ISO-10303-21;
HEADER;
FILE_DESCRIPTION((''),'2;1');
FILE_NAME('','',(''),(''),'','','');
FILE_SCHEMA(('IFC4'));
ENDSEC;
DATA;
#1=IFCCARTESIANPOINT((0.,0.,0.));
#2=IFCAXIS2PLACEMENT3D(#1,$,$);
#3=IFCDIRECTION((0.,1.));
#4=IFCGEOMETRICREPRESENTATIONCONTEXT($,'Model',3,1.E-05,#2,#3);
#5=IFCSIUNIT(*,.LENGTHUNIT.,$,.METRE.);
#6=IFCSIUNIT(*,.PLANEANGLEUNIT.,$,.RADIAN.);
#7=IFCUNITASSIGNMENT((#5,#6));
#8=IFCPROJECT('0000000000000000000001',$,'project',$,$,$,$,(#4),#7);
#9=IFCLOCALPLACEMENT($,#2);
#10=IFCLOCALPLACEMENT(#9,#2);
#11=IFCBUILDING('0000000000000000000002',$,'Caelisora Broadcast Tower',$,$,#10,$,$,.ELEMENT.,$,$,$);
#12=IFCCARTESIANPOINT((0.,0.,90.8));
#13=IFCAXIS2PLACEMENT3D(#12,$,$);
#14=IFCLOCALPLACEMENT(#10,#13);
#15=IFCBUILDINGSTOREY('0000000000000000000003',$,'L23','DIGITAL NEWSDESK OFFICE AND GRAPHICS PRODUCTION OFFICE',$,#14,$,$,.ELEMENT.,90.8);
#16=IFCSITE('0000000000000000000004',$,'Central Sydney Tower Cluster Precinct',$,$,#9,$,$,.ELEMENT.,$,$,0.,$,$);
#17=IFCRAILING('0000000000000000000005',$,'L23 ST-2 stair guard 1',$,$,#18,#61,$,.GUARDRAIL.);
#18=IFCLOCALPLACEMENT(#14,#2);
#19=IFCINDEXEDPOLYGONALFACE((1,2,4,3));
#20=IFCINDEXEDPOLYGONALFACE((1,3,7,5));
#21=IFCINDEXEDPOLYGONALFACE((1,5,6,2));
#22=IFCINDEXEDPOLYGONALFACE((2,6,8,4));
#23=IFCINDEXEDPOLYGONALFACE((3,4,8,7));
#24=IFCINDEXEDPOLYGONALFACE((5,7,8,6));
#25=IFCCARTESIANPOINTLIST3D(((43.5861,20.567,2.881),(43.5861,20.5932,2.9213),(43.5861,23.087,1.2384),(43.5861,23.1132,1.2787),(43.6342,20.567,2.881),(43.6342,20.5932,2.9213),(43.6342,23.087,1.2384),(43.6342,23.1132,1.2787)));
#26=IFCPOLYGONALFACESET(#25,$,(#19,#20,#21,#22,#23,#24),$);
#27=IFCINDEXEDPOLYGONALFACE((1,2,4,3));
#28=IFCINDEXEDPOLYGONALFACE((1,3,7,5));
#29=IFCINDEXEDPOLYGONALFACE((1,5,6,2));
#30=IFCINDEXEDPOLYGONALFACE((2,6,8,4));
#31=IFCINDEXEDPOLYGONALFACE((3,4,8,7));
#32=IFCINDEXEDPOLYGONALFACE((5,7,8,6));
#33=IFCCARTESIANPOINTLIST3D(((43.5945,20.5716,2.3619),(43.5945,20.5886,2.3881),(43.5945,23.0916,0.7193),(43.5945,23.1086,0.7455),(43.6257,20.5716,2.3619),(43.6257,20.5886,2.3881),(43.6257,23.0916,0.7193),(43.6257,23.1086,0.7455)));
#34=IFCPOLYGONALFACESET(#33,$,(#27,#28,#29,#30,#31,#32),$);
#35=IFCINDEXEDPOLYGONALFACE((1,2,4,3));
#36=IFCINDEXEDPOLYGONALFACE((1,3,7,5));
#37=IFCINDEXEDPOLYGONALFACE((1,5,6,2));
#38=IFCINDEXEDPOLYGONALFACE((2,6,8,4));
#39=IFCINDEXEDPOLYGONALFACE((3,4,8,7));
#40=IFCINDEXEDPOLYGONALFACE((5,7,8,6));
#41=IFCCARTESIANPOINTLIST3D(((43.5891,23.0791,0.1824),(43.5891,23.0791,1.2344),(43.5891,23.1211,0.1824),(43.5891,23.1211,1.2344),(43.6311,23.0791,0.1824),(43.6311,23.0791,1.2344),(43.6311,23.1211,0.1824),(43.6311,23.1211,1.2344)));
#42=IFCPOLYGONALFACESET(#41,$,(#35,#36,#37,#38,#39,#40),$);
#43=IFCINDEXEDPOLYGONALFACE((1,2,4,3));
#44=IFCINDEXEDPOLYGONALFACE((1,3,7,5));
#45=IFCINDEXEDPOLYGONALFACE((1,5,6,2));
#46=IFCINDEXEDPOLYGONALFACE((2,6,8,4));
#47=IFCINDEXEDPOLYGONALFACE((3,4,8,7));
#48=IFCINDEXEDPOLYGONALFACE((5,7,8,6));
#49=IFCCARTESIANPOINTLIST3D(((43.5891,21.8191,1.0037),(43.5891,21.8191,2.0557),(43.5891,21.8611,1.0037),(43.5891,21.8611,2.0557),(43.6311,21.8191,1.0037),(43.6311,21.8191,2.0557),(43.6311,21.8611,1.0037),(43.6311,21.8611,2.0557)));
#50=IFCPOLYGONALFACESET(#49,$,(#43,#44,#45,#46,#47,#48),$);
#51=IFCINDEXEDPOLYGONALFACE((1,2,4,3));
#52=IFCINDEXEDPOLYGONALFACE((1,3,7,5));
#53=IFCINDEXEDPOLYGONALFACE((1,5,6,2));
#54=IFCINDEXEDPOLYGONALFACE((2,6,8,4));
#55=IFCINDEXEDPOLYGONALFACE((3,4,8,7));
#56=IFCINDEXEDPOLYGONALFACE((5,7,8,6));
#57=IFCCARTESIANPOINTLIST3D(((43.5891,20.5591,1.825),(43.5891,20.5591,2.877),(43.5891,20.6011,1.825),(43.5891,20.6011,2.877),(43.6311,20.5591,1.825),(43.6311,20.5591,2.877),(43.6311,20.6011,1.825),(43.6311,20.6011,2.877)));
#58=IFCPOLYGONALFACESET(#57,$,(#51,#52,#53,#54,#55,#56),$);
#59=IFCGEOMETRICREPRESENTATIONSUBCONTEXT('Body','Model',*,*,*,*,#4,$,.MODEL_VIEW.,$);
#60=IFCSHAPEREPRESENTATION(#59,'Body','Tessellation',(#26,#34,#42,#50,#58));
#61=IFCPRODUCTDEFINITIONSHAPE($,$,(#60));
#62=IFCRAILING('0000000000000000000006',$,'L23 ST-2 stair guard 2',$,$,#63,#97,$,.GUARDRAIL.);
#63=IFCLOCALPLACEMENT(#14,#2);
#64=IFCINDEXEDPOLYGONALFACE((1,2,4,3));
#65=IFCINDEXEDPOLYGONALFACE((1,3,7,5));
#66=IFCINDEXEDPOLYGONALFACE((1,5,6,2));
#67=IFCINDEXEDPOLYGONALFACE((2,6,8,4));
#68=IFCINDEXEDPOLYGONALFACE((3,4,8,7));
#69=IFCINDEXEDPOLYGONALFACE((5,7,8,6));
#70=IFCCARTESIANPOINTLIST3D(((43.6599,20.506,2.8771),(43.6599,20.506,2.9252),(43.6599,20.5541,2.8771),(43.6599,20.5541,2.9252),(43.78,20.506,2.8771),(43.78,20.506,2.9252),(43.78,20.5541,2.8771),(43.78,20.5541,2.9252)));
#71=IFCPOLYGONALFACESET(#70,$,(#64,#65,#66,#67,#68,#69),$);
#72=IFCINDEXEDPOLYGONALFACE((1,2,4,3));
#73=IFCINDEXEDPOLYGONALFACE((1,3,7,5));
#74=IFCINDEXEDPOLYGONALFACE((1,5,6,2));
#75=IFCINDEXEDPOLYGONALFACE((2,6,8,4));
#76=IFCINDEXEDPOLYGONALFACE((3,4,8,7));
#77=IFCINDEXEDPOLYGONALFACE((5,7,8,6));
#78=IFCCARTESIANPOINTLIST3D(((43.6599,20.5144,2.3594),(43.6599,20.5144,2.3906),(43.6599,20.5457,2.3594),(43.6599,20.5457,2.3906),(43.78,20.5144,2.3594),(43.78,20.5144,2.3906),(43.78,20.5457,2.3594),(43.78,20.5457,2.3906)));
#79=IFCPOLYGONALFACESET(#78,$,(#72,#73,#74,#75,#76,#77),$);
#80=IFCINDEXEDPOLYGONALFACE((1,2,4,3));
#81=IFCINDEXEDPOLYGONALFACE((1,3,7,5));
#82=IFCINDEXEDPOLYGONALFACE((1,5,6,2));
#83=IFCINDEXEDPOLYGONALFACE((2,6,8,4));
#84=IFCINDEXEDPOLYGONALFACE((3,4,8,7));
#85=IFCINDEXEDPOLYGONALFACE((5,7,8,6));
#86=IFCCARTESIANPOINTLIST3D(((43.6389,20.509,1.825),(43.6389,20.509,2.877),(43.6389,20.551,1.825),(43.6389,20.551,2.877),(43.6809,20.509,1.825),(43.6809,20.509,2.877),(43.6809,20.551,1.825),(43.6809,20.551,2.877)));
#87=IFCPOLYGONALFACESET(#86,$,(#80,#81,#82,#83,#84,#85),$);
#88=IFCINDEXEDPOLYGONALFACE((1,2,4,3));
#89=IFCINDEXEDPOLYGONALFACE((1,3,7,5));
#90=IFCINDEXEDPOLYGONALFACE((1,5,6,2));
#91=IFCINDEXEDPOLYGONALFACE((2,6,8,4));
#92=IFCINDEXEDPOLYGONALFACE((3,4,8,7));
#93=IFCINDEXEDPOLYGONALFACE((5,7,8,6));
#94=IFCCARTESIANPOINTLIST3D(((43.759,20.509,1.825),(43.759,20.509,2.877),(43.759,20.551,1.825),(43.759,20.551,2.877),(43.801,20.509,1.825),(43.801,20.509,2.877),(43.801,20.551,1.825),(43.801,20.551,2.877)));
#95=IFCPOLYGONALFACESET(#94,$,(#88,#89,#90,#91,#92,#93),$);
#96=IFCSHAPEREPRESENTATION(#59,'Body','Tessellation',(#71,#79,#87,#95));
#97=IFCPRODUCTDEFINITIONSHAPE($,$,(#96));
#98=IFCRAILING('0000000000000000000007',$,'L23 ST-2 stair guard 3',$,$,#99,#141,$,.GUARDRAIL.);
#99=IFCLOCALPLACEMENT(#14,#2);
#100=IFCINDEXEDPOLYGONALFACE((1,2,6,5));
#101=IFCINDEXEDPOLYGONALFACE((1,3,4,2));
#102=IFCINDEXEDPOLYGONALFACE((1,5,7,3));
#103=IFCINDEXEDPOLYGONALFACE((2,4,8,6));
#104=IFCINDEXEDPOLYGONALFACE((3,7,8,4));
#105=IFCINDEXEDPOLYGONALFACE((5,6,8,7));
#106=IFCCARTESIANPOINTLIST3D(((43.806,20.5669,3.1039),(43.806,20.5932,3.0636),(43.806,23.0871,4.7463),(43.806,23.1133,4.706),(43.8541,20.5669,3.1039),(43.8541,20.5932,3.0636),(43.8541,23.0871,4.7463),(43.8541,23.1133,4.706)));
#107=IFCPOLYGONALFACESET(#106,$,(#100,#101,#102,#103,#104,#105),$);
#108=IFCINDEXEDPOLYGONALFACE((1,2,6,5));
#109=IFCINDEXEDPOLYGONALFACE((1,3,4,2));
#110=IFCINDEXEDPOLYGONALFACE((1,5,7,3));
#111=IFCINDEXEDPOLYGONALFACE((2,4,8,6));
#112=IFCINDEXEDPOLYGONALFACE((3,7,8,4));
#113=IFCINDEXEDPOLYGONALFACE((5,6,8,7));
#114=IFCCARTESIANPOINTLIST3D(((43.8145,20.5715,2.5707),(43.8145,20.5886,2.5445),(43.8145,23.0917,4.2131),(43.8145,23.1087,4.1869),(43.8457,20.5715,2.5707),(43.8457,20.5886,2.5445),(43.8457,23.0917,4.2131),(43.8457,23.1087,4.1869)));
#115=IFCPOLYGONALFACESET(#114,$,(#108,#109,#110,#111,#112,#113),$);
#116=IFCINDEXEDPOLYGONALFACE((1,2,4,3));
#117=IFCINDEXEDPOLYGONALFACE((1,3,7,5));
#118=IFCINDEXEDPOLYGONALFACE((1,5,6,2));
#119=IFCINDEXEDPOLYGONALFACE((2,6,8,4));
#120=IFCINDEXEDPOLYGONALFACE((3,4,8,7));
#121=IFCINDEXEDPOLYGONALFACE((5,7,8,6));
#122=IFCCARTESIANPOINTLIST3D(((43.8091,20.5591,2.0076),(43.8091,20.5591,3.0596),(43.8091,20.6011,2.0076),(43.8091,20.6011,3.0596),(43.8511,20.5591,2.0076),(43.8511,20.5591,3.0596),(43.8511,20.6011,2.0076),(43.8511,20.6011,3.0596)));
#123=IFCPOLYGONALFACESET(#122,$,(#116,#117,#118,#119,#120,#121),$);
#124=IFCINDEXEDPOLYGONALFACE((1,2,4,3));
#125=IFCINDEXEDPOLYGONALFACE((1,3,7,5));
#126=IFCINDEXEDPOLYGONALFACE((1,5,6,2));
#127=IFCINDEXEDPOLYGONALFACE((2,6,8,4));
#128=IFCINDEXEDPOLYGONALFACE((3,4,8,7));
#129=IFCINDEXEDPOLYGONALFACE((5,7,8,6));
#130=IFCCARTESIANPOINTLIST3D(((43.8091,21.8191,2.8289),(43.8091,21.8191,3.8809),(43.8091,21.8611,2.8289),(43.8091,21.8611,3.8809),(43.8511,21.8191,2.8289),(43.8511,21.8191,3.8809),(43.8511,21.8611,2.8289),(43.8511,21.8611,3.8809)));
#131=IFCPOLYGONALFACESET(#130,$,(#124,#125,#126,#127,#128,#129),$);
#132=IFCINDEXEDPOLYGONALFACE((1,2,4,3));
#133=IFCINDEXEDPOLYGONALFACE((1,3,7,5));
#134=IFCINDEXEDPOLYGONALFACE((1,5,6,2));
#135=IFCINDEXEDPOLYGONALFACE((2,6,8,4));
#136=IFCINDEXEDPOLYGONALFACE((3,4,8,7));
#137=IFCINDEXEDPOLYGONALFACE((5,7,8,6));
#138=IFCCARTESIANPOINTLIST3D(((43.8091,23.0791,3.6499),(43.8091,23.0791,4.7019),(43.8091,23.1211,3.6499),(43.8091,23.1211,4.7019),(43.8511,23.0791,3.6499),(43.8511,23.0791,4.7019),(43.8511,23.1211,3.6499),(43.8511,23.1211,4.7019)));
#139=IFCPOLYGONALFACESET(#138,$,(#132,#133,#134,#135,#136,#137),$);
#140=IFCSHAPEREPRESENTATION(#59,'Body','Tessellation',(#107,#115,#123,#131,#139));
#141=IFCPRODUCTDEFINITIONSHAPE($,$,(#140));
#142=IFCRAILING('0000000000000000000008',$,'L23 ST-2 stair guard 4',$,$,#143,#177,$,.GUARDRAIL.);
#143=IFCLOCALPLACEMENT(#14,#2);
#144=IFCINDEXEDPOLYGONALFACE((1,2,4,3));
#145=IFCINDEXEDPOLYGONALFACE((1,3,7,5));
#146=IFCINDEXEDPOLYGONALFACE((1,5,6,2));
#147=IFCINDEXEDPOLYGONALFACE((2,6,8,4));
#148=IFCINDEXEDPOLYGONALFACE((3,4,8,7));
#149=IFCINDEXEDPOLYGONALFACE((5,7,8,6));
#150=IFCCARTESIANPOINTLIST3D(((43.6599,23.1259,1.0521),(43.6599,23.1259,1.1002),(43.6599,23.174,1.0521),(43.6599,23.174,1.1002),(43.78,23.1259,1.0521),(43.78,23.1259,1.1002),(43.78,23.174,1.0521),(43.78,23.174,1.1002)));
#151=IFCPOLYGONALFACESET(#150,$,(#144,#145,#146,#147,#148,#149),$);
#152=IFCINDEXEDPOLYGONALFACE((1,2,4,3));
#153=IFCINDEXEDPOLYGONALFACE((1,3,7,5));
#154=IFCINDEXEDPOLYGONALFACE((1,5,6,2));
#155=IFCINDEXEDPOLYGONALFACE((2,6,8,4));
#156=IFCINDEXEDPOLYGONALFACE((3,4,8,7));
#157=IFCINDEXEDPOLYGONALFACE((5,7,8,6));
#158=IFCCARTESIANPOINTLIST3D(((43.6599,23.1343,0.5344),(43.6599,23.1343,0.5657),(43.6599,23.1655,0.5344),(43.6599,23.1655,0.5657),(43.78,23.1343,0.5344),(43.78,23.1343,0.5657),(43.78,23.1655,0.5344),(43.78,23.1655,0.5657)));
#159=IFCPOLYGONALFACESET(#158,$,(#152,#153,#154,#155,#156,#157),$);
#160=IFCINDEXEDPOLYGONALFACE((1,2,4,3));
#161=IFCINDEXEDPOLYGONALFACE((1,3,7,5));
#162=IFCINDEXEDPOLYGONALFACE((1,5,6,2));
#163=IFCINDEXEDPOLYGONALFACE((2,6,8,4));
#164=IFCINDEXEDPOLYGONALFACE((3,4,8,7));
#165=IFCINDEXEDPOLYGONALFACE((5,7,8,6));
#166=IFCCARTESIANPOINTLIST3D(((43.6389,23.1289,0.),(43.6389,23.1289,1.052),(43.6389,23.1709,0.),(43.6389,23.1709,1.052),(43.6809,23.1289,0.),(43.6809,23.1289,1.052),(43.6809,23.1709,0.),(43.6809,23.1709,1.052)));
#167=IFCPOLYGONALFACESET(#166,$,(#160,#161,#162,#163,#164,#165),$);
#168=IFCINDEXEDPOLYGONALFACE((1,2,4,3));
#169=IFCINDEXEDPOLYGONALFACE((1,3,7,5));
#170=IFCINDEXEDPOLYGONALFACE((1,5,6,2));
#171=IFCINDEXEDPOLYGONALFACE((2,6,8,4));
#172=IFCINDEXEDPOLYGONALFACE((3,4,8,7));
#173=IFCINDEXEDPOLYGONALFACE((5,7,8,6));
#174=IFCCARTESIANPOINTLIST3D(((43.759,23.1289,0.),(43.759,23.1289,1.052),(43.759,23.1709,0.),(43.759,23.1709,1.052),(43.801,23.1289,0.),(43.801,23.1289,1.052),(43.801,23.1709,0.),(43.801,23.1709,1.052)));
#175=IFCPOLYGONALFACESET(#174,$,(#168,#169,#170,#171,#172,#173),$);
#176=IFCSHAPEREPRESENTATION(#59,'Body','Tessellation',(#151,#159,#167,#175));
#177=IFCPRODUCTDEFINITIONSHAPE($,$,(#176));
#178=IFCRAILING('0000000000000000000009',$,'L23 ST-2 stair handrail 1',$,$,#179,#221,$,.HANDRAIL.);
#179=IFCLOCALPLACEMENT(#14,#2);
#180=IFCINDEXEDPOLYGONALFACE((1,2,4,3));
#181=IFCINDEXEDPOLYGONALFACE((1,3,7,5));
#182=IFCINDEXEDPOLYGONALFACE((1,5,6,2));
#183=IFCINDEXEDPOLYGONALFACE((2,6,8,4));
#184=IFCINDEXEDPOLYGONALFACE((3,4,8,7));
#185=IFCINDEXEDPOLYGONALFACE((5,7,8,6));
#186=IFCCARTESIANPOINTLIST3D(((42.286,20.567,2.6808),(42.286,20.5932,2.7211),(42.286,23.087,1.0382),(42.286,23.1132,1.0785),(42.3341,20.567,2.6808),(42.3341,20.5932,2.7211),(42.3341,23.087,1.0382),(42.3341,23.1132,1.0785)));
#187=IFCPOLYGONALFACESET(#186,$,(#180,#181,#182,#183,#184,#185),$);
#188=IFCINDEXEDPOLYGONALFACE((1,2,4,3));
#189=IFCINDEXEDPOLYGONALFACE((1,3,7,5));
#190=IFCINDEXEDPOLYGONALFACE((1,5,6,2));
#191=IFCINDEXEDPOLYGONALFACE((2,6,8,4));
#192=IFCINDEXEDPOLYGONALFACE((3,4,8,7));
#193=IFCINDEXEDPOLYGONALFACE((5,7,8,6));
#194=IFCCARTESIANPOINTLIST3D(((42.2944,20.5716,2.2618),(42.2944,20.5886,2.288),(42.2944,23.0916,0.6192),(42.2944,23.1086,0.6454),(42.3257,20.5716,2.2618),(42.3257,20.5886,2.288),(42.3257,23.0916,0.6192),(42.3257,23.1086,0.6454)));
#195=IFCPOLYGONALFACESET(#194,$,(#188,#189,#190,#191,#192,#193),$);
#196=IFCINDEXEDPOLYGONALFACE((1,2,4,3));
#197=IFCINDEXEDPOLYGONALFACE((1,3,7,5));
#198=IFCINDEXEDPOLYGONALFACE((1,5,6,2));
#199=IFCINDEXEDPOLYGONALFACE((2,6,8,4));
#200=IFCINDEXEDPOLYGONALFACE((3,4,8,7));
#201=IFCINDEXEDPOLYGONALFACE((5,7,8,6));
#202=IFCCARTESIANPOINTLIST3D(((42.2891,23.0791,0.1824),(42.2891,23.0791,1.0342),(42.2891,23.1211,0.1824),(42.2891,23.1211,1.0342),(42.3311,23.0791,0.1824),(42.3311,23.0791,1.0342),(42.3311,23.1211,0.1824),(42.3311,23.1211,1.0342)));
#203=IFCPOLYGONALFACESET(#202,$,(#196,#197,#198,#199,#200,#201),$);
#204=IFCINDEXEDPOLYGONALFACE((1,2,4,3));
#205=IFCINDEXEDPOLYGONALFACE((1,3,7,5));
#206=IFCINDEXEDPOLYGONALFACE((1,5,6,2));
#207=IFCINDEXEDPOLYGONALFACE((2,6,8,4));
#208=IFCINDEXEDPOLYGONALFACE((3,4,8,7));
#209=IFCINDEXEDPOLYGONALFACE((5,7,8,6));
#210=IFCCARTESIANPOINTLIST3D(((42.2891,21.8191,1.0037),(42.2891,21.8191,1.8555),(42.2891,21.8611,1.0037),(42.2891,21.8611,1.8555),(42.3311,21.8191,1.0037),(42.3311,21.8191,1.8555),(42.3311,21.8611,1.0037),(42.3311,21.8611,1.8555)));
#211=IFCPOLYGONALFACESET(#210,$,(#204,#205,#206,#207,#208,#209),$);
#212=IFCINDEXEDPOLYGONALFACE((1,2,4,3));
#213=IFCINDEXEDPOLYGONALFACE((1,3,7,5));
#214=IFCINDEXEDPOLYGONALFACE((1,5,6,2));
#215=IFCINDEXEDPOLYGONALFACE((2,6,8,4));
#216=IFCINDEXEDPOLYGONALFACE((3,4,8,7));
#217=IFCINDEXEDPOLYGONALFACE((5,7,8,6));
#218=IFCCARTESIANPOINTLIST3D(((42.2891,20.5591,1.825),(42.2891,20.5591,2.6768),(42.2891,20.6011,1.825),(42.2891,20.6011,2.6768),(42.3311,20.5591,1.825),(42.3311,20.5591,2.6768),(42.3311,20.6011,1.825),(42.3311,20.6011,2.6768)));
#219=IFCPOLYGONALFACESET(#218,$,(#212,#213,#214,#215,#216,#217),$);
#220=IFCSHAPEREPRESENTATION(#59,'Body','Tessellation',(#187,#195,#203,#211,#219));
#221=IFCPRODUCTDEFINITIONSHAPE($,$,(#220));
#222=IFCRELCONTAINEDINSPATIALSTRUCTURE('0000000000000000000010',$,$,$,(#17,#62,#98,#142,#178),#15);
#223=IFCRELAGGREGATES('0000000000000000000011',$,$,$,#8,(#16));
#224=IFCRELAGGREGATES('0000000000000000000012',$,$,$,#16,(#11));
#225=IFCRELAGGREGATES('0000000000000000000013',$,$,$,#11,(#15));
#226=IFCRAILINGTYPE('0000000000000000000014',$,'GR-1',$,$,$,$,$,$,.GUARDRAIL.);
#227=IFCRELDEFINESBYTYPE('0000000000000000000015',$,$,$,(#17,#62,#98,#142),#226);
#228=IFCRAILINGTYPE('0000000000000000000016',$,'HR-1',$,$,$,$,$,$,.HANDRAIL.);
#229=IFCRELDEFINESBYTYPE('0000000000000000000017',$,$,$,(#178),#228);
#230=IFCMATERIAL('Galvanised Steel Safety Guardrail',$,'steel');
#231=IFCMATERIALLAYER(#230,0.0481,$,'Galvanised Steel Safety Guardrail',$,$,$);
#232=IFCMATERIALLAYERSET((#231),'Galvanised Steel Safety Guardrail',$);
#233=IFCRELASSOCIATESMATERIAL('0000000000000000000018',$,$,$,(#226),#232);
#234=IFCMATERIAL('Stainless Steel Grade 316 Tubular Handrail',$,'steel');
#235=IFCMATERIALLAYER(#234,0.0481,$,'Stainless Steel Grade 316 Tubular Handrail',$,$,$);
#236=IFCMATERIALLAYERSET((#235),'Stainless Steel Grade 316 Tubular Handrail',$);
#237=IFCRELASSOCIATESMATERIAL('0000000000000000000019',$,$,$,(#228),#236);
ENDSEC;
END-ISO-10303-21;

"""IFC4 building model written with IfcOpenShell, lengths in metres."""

from ifc_helpers import new_model, si_unit, direction, frame, origin, origin_2d, place, context, subcontext, project, spatial, rectangle, extrude, material, layer, layer_set, type_object, element, save


model = new_model("IFC4")

# Units and contexts
model_context = context("Model", 3, precision=1e-05, world=origin(), true_north=direction((0.0, 1.0)))
body_context = subcontext(model_context, "Body", "Model", "MODEL_VIEW")
ifc_project = project(units=[si_unit("LENGTHUNIT", "METRE"), si_unit("PLANEANGLEUNIT", "RADIAN")], contexts=[model_context])

# Site, building, storey
site_placement = place(None, origin())
site = spatial("IfcSite", under=ifc_project, at=site_placement, Name="Central Sydney Tower Cluster Precinct", CompositionType="ELEMENT", RefElevation=0.0)
building_placement = place(site_placement, origin())
building = spatial("IfcBuilding", under=site, at=building_placement, Name="Caelisora Broadcast Tower", CompositionType="ELEMENT")
storey_placement = place(building_placement, frame((0.0, 0.0, 90.8)))
storey = spatial("IfcBuildingStorey", under=building, at=storey_placement, Name="L23", Description="DIGITAL NEWSDESK OFFICE AND GRAPHICS PRODUCTION OFFICE", CompositionType="ELEMENT", Elevation=90.8)

# Railings
ifc_material_1 = material(Name="Galvanised Steel Safety Guardrail", Category="steel")
ifc_layer_1 = layer(ifc_material_1, 0.0481, Name="Galvanised Steel Safety Guardrail")
ifc_layer_set_1 = layer_set([ifc_layer_1], Name="Galvanised Steel Safety Guardrail")
railing_type_1 = type_object("IfcRailingType", Name="GR-1", PredefinedType="GUARDRAIL", material=ifc_layer_set_1)
railing_1_placement = place(storey_placement, frame((43.6101, 23.1001, 0.1824)))
element("IfcRailing", 1, at=railing_1_placement, inside=storey, type_object=railing_type_1, Name="L23 ST-2 stair guard 1", PredefinedType="GUARDRAIL", context=body_context, shape_type="SweptSolid", body=[
    extrude(rectangle(XDim=0.0481, YDim=0.0481, at=origin_2d()), frame((0.0, 0.0, 1.0762), z_axis=(0.0, -0.837749, 0.546055), x_axis=(1.0, 0.0, 0.0)), (0.0, 0.0, 1.0), 3.0081),
    extrude(rectangle(XDim=0.0312, YDim=0.0312, at=origin_2d()), frame((0.0, 0.0, 0.55), z_axis=(0.0, -0.837749, 0.546055), x_axis=(1.0, 0.0, 0.0)), (0.0, 0.0, 1.0), 3.0081),
    extrude(rectangle(XDim=0.042, YDim=0.042, at=origin_2d()), origin(), (0.0, 0.0, 1.0), 1.052),
    extrude(rectangle(XDim=0.042, YDim=0.042, at=origin_2d()), frame((0.0, -1.26, 0.8213)), (0.0, 0.0, 1.0), 1.052),
    extrude(rectangle(XDim=0.042, YDim=0.042, at=origin_2d()), frame((0.0, -2.52, 1.6426)), (0.0, 0.0, 1.0), 1.052),
])
railing_2_placement = place(storey_placement, frame((43.6599, 20.53, 1.825)))
element("IfcRailing", 2, at=railing_2_placement, inside=storey, type_object=railing_type_1, Name="L23 ST-2 stair guard 2", PredefinedType="GUARDRAIL", context=body_context, shape_type="SweptSolid", body=[
    extrude(rectangle(XDim=0.0481, YDim=0.0481, at=origin_2d()), frame((0.0, 0.0, 1.0762), z_axis=(1.0, 0.0, 0.0), x_axis=(0.0, 1.0, 0.0)), (0.0, 0.0, 1.0), 0.1201),
    extrude(rectangle(XDim=0.0312, YDim=0.0312, at=origin_2d()), frame((0.0, 0.0, 0.55), z_axis=(1.0, 0.0, 0.0), x_axis=(0.0, 1.0, 0.0)), (0.0, 0.0, 1.0), 0.1201),
    extrude(rectangle(XDim=0.042, YDim=0.042, at=origin_2d()), origin(), (0.0, 0.0, 1.0), 1.052),
    extrude(rectangle(XDim=0.042, YDim=0.042, at=origin_2d()), frame((0.1201, 0.0, 0.0)), (0.0, 0.0, 1.0), 1.052),
])
railing_3_placement = place(storey_placement, frame((43.8301, 20.5801, 2.0076)))
element("IfcRailing", 3, at=railing_3_placement, inside=storey, type_object=railing_type_1, Name="L23 ST-2 stair guard 3", PredefinedType="GUARDRAIL", context=body_context, shape_type="SweptSolid", body=[
    extrude(rectangle(XDim=0.0481, YDim=0.0481, at=origin_2d()), frame((0.0, 0.0, 1.0762), z_axis=(0.0, 0.837787, 0.545998), x_axis=(-1.0, 0.0, 0.0)), (0.0, 0.0, 1.0), 3.0081),
    extrude(rectangle(XDim=0.0312, YDim=0.0312, at=origin_2d()), frame((0.0, 0.0, 0.55), z_axis=(0.0, 0.837787, 0.545998), x_axis=(-1.0, 0.0, 0.0)), (0.0, 0.0, 1.0), 3.0081),
    extrude(rectangle(XDim=0.042, YDim=0.042, at=origin_2d()), origin(), (0.0, 0.0, 1.0), 1.052),
    extrude(rectangle(XDim=0.042, YDim=0.042, at=origin_2d()), frame((0.0, 1.26, 0.8213)), (0.0, 0.0, 1.0), 1.052),
    extrude(rectangle(XDim=0.042, YDim=0.042, at=origin_2d()), frame((0.0, 2.52, 1.6423)), (0.0, 0.0, 1.0), 1.052),
])
railing_4_placement = place(storey_placement, frame((43.6599, 23.1499, 0.0)))
element("IfcRailing", 4, at=railing_4_placement, inside=storey, type_object=railing_type_1, Name="L23 ST-2 stair guard 4", PredefinedType="GUARDRAIL", context=body_context, shape_type="SweptSolid", body=[
    extrude(rectangle(XDim=0.0481, YDim=0.0481, at=origin_2d()), frame((0.0, 0.0, 1.0762), z_axis=(1.0, 0.0, 0.0), x_axis=(0.0, 1.0, 0.0)), (0.0, 0.0, 1.0), 0.1201),
    extrude(rectangle(XDim=0.0312, YDim=0.0312, at=origin_2d()), frame((0.0, 0.0, 0.55), z_axis=(1.0, 0.0, 0.0), x_axis=(0.0, 1.0, 0.0)), (0.0, 0.0, 1.0), 0.1201),
    extrude(rectangle(XDim=0.042, YDim=0.042, at=origin_2d()), origin(), (0.0, 0.0, 1.0), 1.052),
    extrude(rectangle(XDim=0.042, YDim=0.042, at=origin_2d()), frame((0.1201, 0.0, 0.0)), (0.0, 0.0, 1.0), 1.052),
])
ifc_material_2 = material(Name="Stainless Steel Grade 316 Tubular Handrail", Category="steel")
ifc_layer_2 = layer(ifc_material_2, 0.0481, Name="Stainless Steel Grade 316 Tubular Handrail")
ifc_layer_set_2 = layer_set([ifc_layer_2], Name="Stainless Steel Grade 316 Tubular Handrail")
railing_type_2 = type_object("IfcRailingType", Name="HR-1", PredefinedType="HANDRAIL", material=ifc_layer_set_2)
railing_5_placement = place(storey_placement, frame((42.3101, 23.1001, 0.1824)))
element("IfcRailing", 5, at=railing_5_placement, inside=storey, type_object=railing_type_2, Name="L23 ST-2 stair handrail 1", PredefinedType="HANDRAIL", context=body_context, shape_type="SweptSolid", body=[
    extrude(rectangle(XDim=0.0481, YDim=0.0481, at=origin_2d()), frame((0.0, 0.0, 0.876), z_axis=(0.0, -0.837749, 0.546055), x_axis=(1.0, 0.0, 0.0)), (0.0, 0.0, 1.0), 3.0081),
    extrude(rectangle(XDim=0.0312, YDim=0.0312, at=origin_2d()), frame((0.0, 0.0, 0.45), z_axis=(0.0, -0.837749, 0.546055), x_axis=(1.0, 0.0, 0.0)), (0.0, 0.0, 1.0), 3.0081),
    extrude(rectangle(XDim=0.042, YDim=0.042, at=origin_2d()), origin(), (0.0, 0.0, 1.0), 0.8518),
    extrude(rectangle(XDim=0.042, YDim=0.042, at=origin_2d()), frame((0.0, -1.26, 0.8213)), (0.0, 0.0, 1.0), 0.8518),
    extrude(rectangle(XDim=0.042, YDim=0.042, at=origin_2d()), frame((0.0, -2.52, 1.6426)), (0.0, 0.0, 1.0), 0.8518),
])

save(model, "model.ifc")
